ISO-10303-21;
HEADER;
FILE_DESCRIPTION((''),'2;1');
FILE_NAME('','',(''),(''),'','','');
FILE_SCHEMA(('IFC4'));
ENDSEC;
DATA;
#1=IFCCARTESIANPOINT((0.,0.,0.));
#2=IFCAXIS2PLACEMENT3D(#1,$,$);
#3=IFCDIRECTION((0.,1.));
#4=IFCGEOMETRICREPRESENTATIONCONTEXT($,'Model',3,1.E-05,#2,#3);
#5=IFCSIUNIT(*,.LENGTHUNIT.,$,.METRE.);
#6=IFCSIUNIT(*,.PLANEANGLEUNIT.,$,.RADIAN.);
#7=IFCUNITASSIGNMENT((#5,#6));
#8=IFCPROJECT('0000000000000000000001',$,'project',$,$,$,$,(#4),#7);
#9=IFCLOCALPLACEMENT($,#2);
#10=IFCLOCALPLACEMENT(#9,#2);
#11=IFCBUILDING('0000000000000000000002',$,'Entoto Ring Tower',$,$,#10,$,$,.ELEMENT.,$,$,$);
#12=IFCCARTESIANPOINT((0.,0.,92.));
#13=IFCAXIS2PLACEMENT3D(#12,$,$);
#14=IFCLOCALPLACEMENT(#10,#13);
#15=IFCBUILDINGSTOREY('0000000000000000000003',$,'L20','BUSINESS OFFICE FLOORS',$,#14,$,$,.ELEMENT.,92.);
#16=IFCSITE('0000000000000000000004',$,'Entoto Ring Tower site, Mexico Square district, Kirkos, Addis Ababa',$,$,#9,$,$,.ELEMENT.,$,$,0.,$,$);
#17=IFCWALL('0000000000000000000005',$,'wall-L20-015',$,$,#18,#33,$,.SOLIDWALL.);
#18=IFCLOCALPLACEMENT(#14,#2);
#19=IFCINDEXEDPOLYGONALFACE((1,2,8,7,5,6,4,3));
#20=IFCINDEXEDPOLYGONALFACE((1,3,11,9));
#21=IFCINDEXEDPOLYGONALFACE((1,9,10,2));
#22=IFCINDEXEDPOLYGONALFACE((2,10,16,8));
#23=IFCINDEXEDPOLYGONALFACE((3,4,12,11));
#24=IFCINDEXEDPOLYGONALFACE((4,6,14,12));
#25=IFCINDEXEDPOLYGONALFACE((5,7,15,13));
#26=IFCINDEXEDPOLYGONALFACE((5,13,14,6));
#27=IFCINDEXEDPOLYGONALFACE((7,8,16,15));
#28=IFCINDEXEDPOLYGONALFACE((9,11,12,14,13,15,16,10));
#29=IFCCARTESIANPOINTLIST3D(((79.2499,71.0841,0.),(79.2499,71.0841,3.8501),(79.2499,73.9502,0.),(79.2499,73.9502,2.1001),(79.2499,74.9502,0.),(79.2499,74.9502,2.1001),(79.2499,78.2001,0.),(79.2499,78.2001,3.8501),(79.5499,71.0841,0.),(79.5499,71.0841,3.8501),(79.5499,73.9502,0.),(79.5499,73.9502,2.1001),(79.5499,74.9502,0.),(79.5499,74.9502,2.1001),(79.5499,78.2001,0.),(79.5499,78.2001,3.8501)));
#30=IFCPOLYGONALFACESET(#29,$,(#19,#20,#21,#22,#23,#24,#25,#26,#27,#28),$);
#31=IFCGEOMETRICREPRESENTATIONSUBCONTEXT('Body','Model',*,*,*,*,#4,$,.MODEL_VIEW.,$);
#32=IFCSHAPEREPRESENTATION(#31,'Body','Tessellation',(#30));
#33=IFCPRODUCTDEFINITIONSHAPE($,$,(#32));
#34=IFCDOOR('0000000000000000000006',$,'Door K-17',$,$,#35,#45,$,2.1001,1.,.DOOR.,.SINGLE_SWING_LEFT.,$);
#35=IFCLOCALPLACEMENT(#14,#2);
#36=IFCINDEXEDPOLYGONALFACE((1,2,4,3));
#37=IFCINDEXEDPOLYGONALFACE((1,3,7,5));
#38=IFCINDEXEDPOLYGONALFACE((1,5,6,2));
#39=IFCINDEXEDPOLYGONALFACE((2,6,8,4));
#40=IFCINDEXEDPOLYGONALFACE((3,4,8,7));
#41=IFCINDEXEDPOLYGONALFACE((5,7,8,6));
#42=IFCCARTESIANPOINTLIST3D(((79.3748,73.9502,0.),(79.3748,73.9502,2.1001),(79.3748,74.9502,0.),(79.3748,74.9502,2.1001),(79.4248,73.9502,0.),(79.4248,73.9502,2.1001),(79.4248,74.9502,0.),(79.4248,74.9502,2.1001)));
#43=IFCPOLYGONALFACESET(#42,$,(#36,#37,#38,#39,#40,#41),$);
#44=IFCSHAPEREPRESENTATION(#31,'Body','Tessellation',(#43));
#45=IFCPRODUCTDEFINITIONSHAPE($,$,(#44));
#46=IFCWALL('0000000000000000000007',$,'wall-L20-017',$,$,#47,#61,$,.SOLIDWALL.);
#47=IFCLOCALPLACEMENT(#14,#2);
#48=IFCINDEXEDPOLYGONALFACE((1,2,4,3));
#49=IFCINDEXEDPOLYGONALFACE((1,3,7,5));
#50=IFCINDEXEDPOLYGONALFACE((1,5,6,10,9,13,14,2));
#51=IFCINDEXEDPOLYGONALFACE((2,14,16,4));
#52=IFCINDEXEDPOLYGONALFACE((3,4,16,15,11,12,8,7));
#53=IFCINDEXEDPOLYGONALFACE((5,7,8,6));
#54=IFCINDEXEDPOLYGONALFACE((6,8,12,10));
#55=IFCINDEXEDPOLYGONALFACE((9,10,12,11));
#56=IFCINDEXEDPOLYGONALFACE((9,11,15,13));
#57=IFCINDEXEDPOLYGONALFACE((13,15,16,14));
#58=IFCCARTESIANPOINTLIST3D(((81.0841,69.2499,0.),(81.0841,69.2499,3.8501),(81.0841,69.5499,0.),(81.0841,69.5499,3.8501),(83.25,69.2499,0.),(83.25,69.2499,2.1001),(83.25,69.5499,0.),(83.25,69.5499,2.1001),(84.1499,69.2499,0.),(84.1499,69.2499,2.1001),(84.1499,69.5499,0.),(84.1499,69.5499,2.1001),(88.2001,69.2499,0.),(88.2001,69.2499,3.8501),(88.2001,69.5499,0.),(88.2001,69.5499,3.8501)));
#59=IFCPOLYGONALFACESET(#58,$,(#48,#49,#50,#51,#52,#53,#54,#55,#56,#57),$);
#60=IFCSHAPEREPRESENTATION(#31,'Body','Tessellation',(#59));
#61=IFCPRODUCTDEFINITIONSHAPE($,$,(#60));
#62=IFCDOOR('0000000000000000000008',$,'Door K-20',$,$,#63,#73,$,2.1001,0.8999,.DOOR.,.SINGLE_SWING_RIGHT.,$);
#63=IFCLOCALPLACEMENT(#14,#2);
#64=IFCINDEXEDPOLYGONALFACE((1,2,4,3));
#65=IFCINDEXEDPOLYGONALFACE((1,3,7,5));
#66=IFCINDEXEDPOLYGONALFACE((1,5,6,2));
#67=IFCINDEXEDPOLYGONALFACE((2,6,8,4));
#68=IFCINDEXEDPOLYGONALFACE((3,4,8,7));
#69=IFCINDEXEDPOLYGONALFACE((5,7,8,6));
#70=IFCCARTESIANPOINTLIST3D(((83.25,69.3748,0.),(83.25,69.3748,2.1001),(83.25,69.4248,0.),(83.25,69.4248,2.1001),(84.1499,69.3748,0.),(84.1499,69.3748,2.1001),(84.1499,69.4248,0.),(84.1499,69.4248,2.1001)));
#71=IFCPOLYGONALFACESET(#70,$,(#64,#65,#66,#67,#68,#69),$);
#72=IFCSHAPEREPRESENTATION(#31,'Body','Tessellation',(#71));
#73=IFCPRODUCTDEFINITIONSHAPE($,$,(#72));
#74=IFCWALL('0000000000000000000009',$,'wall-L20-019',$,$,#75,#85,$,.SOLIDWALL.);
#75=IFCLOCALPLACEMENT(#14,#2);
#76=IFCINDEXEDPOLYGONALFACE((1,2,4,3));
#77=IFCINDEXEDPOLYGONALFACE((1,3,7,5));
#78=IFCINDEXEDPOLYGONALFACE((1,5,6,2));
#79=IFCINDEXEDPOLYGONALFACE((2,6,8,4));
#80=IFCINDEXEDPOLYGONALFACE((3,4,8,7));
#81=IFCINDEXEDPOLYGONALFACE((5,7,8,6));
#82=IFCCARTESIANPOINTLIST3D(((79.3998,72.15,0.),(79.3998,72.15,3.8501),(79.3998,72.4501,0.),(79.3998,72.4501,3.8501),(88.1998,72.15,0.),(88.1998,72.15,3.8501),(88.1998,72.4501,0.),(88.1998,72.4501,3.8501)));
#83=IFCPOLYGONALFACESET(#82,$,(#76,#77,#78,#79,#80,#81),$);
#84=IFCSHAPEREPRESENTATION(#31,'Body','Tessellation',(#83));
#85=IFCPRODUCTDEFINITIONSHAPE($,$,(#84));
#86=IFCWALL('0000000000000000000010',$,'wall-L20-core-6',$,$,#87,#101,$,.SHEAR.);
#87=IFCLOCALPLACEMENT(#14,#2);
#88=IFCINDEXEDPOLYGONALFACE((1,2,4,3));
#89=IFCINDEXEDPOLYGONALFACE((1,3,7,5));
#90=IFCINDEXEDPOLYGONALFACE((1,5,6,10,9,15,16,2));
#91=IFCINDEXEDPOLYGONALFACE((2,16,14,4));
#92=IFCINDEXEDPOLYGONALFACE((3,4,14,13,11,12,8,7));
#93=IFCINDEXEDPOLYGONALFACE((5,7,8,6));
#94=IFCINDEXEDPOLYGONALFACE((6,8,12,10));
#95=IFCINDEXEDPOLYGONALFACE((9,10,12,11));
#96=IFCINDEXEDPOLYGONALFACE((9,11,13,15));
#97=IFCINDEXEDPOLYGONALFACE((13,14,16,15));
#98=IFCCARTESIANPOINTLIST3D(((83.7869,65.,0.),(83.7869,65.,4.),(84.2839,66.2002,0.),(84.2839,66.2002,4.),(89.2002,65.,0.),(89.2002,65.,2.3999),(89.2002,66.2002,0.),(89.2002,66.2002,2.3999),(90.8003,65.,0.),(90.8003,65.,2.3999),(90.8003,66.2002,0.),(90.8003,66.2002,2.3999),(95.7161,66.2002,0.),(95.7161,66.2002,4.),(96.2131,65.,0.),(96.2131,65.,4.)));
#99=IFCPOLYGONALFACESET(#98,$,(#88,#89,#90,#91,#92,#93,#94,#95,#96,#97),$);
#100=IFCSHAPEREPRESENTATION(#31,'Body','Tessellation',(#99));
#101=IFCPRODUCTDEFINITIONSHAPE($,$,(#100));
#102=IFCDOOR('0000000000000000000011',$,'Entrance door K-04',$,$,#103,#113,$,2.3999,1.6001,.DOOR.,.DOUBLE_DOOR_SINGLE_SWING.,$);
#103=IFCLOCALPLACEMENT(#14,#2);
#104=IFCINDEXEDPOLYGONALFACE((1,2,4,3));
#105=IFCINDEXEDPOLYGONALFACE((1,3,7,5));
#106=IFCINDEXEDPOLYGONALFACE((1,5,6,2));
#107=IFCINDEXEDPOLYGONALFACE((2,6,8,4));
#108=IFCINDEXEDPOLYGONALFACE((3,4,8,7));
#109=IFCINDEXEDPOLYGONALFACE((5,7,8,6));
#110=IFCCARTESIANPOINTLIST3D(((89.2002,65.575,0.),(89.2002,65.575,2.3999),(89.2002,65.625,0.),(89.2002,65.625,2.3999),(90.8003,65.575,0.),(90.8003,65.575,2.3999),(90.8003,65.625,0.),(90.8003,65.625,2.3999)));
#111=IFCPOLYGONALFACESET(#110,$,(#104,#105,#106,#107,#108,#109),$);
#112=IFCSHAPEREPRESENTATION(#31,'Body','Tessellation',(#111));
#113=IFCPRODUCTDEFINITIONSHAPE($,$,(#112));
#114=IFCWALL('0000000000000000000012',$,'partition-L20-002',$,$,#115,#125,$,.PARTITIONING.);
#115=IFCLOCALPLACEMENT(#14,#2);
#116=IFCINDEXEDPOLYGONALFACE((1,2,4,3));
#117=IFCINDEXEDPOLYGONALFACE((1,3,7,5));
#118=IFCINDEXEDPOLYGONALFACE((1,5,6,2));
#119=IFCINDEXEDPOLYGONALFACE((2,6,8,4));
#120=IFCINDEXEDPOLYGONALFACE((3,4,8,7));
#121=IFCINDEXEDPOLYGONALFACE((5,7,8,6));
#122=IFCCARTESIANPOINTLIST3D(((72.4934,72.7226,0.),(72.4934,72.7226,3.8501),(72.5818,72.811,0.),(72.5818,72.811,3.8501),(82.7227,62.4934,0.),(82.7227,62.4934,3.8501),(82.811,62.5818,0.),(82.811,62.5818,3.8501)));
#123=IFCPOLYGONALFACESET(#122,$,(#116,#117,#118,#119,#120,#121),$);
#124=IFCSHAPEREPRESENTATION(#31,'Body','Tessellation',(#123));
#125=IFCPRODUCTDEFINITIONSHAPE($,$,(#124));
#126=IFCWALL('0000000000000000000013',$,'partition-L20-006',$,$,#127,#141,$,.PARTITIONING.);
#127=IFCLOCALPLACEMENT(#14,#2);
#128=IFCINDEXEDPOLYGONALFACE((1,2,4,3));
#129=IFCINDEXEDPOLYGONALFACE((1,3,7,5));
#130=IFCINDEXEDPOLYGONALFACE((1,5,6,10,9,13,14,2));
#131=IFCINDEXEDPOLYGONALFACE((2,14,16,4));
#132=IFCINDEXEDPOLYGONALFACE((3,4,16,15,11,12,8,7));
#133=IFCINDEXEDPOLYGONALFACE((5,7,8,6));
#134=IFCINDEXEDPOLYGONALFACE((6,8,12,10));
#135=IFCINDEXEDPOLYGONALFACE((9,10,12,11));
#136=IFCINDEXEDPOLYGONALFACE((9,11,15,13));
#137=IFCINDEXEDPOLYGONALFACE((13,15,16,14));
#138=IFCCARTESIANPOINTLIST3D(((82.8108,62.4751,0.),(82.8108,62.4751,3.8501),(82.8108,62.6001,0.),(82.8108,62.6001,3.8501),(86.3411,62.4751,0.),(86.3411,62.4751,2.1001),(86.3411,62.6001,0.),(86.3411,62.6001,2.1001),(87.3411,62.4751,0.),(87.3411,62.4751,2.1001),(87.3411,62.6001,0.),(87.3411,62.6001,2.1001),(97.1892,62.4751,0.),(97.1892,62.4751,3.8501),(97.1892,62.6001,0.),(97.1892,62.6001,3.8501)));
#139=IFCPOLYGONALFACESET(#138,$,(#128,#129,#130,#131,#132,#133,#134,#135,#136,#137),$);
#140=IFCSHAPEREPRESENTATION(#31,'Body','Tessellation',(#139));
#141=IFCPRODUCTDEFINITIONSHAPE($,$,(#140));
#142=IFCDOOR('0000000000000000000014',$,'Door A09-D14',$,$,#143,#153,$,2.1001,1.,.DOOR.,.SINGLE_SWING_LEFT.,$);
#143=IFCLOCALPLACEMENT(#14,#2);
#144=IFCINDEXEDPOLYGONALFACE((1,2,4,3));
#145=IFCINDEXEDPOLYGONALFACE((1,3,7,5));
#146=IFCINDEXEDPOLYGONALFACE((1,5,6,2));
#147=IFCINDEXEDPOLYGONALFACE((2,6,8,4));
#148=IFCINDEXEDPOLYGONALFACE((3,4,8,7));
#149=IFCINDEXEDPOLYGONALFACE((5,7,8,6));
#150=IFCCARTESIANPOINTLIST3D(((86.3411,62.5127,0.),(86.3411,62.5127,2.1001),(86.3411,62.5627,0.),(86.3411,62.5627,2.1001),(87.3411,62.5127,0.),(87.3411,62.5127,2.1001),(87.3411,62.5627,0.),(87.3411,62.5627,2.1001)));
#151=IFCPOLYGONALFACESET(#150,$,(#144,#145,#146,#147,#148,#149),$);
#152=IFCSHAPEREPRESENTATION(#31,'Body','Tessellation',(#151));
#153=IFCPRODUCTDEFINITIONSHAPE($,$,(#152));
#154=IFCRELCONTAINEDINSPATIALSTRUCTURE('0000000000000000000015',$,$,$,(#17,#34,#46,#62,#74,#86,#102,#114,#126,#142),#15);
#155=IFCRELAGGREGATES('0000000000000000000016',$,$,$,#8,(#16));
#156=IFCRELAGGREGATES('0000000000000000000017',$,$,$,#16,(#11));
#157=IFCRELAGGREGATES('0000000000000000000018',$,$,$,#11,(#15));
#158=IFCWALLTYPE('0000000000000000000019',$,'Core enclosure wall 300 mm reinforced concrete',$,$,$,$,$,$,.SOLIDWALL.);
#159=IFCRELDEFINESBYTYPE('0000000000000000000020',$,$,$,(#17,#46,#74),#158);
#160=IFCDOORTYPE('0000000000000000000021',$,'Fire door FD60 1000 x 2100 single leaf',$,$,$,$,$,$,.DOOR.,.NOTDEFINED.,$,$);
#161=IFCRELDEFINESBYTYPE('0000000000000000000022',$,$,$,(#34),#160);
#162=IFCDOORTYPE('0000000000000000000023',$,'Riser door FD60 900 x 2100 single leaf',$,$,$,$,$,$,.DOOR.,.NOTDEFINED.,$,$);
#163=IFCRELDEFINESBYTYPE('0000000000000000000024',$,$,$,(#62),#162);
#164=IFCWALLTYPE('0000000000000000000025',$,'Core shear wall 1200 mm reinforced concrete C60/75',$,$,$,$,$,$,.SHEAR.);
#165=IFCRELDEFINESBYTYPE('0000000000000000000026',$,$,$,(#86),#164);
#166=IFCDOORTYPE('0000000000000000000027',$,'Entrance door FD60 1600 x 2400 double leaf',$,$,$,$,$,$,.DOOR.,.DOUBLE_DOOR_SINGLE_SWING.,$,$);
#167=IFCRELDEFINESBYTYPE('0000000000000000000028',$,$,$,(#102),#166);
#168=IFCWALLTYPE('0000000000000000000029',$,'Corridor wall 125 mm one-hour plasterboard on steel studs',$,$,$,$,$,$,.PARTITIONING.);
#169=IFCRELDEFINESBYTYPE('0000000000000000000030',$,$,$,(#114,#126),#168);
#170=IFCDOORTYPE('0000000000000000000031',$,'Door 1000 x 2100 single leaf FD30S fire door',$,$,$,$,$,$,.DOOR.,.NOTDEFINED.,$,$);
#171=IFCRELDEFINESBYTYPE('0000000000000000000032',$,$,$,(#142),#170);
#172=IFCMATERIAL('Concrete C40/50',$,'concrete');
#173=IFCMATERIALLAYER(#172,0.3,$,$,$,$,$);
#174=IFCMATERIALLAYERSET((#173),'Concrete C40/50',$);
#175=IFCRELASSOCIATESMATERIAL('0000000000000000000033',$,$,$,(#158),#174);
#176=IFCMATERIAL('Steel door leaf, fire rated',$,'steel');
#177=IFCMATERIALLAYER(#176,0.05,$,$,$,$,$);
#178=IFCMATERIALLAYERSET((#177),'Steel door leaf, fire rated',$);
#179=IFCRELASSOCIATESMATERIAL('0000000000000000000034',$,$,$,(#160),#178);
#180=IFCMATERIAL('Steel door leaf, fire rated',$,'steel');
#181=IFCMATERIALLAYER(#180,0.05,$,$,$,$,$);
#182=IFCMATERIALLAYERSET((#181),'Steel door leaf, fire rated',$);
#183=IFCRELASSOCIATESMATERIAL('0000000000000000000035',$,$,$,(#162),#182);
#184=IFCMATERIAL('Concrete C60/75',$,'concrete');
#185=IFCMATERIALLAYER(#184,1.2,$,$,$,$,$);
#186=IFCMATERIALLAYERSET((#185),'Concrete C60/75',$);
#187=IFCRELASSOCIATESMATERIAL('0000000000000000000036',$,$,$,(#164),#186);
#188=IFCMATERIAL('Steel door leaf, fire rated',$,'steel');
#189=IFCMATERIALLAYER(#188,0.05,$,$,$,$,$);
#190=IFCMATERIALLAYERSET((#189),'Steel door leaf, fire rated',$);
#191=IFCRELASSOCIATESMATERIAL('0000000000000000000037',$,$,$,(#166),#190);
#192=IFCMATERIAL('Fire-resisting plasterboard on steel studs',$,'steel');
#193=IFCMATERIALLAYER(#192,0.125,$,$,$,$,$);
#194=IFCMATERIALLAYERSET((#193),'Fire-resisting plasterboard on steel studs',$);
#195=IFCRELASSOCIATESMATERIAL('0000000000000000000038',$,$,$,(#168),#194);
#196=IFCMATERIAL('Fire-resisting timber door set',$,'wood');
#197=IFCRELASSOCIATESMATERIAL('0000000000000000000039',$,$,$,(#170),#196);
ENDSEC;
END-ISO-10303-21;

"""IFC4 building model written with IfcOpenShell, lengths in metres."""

from ifc_helpers import new_model, si_unit, direction, frame, frame_2d, origin, place, context, subcontext, project, spatial, polyline, rectangle, outline, extrude, material, layer, layer_set, type_object, element, fill, save


model = new_model("IFC4")

# Units and contexts
model_context = context("Model", 3, precision=1e-05, world=origin(), true_north=direction((0.0, 1.0)))
body_context = subcontext(model_context, "Body", "Model", "MODEL_VIEW")
ifc_project = project(units=[si_unit("LENGTHUNIT", "METRE"), si_unit("PLANEANGLEUNIT", "RADIAN")], contexts=[model_context])

# Site, building, storey
site_placement = place(None, origin())
site = spatial("IfcSite", under=ifc_project, at=site_placement, Name="Entoto Ring Tower site, Mexico Square district, Kirkos, Addis Ababa", CompositionType="ELEMENT", RefElevation=0.0)
building_placement = place(site_placement, origin())
building = spatial("IfcBuilding", under=site, at=building_placement, Name="Entoto Ring Tower", CompositionType="ELEMENT")
storey_placement = place(building_placement, frame((0.0, 0.0, 92.0)))
storey = spatial("IfcBuildingStorey", under=building, at=storey_placement, Name="L20", Description="BUSINESS OFFICE FLOORS", CompositionType="ELEMENT", Elevation=92.0)

# Walls, openings, doors
ifc_material_1 = material(Name="Concrete C40/50", Category="concrete")
ifc_layer_1 = layer(ifc_material_1, 0.3)
ifc_layer_set_1 = layer_set([ifc_layer_1], Name="Concrete C40/50")
wall_type_1 = type_object("IfcWallType", Name="Core enclosure wall 300 mm reinforced concrete", PredefinedType="SOLIDWALL", material=ifc_layer_set_1)
wall_1_placement = place(storey_placement, frame((79.3999, 71.084, 0.0), z_axis=(0.0, 0.0, 1.0), x_axis=(0.0, 1.0, 0.0)))
wall_1 = element("IfcWall", 1, at=wall_1_placement, inside=storey, type_object=wall_type_1, Name="wall-L20-015", PredefinedType="SOLIDWALL", context=body_context, shape_type="SweptSolid", body=[
    extrude(rectangle(XDim=7.116, YDim=0.3, at=frame_2d((3.5581, 0.0))), origin(), (0.0, 0.0, 1.0), 3.8501),
])
opening_1_placement = place(wall_1_placement, frame((2.8662, 0.0, 0.0)))
opening_1 = element("IfcOpeningElement", 2, at=opening_1_placement, cuts=wall_1, PredefinedType="OPENING", context=body_context, shape_type="SweptSolid", body=[
    extrude(rectangle(XDim=1.0, YDim=2.1001, at=frame_2d((0.5, 1.05))), frame((0.0, 0.1602, 0.0), z_axis=(0.0, -1.0, 0.0), x_axis=(1.0, 0.0, 0.0)), (0.0, 0.0, 1.0), 0.3201),
])
ifc_material_2 = material(Name="Steel door leaf, fire rated", Category="steel")
ifc_layer_2 = layer(ifc_material_2, 0.05)
ifc_layer_set_2 = layer_set([ifc_layer_2], Name="Steel door leaf, fire rated")
door_type_1 = type_object("IfcDoorType", Name="Fire door FD60 1000 x 2100 single leaf", OperationType="NOTDEFINED", PredefinedType="DOOR", material=ifc_layer_set_2)
door_1_placement = place(opening_1_placement, frame((1.0, 0.0, 0.0), z_axis=(0.0, 0.0, 1.0), x_axis=(-1.0, 0.0, 0.0)))
door_1 = element("IfcDoor", 3, at=door_1_placement, inside=storey, type_object=door_type_1, Name="Door K-17", OperationType="SINGLE_SWING_LEFT", OverallHeight=2.1001, OverallWidth=1.0, PredefinedType="DOOR", context=body_context, shape_type="SweptSolid", body=[
    extrude(rectangle(XDim=1.0, YDim=2.1001, at=frame_2d((0.5, 1.05))), frame((0.0, 0.0249, 0.0), z_axis=(0.0, -1.0, 0.0), x_axis=(1.0, 0.0, 0.0)), (0.0, 0.0, 1.0), 0.05),
])
fill(opening_1, door_1)
wall_2_placement = place(storey_placement, frame((81.084, 69.3999, 0.0), z_axis=(0.0, 0.0, 1.0), x_axis=(1.0, 0.0, 0.0)))
wall_2 = element("IfcWall", 4, at=wall_2_placement, inside=storey, type_object=wall_type_1, Name="wall-L20-017", PredefinedType="SOLIDWALL", context=body_context, shape_type="SweptSolid", body=[
    extrude(rectangle(XDim=7.116, YDim=0.3, at=frame_2d((3.5581, 0.0))), origin(), (0.0, 0.0, 1.0), 3.8501),
])
opening_2_placement = place(wall_2_placement, frame((2.166, 0.0, 0.0)))
opening_2 = element("IfcOpeningElement", 5, at=opening_2_placement, cuts=wall_2, PredefinedType="OPENING", context=body_context, shape_type="SweptSolid", body=[
    extrude(rectangle(XDim=0.8999, YDim=2.1001, at=frame_2d((0.45, 1.05))), frame((0.0, 0.1602, 0.0), z_axis=(0.0, -1.0, 0.0), x_axis=(1.0, 0.0, 0.0)), (0.0, 0.0, 1.0), 0.3201),
])
ifc_material_3 = material(Name="Steel door leaf, fire rated", Category="steel")
ifc_layer_3 = layer(ifc_material_3, 0.05)
ifc_layer_set_3 = layer_set([ifc_layer_3], Name="Steel door leaf, fire rated")
door_type_2 = type_object("IfcDoorType", Name="Riser door FD60 900 x 2100 single leaf", OperationType="NOTDEFINED", PredefinedType="DOOR", material=ifc_layer_set_3)
door_2_placement = place(opening_2_placement, origin())
door_2 = element("IfcDoor", 6, at=door_2_placement, inside=storey, type_object=door_type_2, Name="Door K-20", OperationType="SINGLE_SWING_RIGHT", OverallHeight=2.1001, OverallWidth=0.8999, PredefinedType="DOOR", context=body_context, shape_type="SweptSolid", body=[
    extrude(rectangle(XDim=0.8999, YDim=2.1001, at=frame_2d((0.45, 1.05))), frame((0.0, 0.0249, 0.0), z_axis=(0.0, -1.0, 0.0), x_axis=(1.0, 0.0, 0.0)), (0.0, 0.0, 1.0), 0.05),
])
fill(opening_2, door_2)

# Wall
wall_3_placement = place(storey_placement, frame((79.3999, 72.3, 0.0), z_axis=(0.0, 0.0, 1.0), x_axis=(1.0, 0.0, 0.0)))
element("IfcWall", 7, at=wall_3_placement, inside=storey, type_object=wall_type_1, Name="wall-L20-019", PredefinedType="SOLIDWALL", context=body_context, shape_type="SweptSolid", body=[
    extrude(rectangle(XDim=8.8, YDim=0.3, at=frame_2d((4.3999, 0.0))), origin(), (0.0, 0.0, 1.0), 3.8501),
])

# Wall, opening, door
ifc_material_4 = material(Name="Concrete C60/75", Category="concrete")
ifc_layer_4 = layer(ifc_material_4, 1.2)
ifc_layer_set_4 = layer_set([ifc_layer_4], Name="Concrete C60/75")
wall_type_2 = type_object("IfcWallType", Name="Core shear wall 1200 mm reinforced concrete C60/75", PredefinedType="SHEAR", material=ifc_layer_set_4)
wall_4_placement = place(storey_placement, frame((84.0354, 65.6001, 0.0), z_axis=(0.0, 0.0, 1.0), x_axis=(1.0, 0.0, 0.0)))
wall_4 = element("IfcWall", 8, at=wall_4_placement, inside=storey, type_object=wall_type_2, Name="wall-L20-core-6", PredefinedType="SHEAR", context=body_context, shape_type="SweptSolid", body=[
    extrude(outline(polyline([(-0.2485, -0.6001), (12.1777, -0.6001), (11.6807, 0.6001), (0.2485, 0.6001), (-0.2485, -0.6001)])), origin(), (0.0, 0.0, 1.0), 4.0),
])
opening_3_placement = place(wall_4_placement, frame((5.1648, 0.0, 0.0)))
opening_3 = element("IfcOpeningElement", 9, at=opening_3_placement, cuts=wall_4, PredefinedType="OPENING", context=body_context, shape_type="SweptSolid", body=[
    extrude(rectangle(XDim=1.6001, YDim=2.3999, at=frame_2d((0.8, 1.2))), frame((0.0, 0.6099, 0.0), z_axis=(0.0, -1.0, 0.0), x_axis=(1.0, 0.0, 0.0)), (0.0, 0.0, 1.0), 1.22),
])
ifc_material_5 = material(Name="Steel door leaf, fire rated", Category="steel")
ifc_layer_5 = layer(ifc_material_5, 0.05)
ifc_layer_set_5 = layer_set([ifc_layer_5], Name="Steel door leaf, fire rated")
door_type_3 = type_object("IfcDoorType", Name="Entrance door FD60 1600 x 2400 double leaf", OperationType="DOUBLE_DOOR_SINGLE_SWING", PredefinedType="DOOR", material=ifc_layer_set_5)
door_3_placement = place(opening_3_placement, origin())
door_3 = element("IfcDoor", 10, at=door_3_placement, inside=storey, type_object=door_type_3, Name="Entrance door K-04", OperationType="DOUBLE_DOOR_SINGLE_SWING", OverallHeight=2.3999, OverallWidth=1.6001, PredefinedType="DOOR", context=body_context, shape_type="SweptSolid", body=[
    extrude(rectangle(XDim=1.6001, YDim=2.3999, at=frame_2d((0.8, 1.2))), frame((0.0, 0.0249, 0.0), z_axis=(0.0, -1.0, 0.0), x_axis=(1.0, 0.0, 0.0)), (0.0, 0.0, 1.0), 0.05),
])
fill(opening_3, door_3)

# Wall
ifc_material_6 = material(Name="Fire-resisting plasterboard on steel studs", Category="steel")
ifc_layer_6 = layer(ifc_material_6, 0.125)
ifc_layer_set_6 = layer_set([ifc_layer_6], Name="Fire-resisting plasterboard on steel studs")
wall_type_3 = type_object("IfcWallType", Name="Corridor wall 125 mm one-hour plasterboard on steel studs", PredefinedType="PARTITIONING", material=ifc_layer_set_6)
wall_5_placement = place(storey_placement, frame((82.7668, 62.5376, 0.0), z_axis=(0.0, 0.0, 1.0), x_axis=(-0.707107, 0.707107, 0.0)))
element("IfcWall", 11, at=wall_5_placement, inside=storey, type_object=wall_type_3, Name="partition-L20-002", PredefinedType="PARTITIONING", context=body_context, shape_type="SweptSolid", body=[
    extrude(rectangle(XDim=14.4663, YDim=0.125, at=frame_2d((7.2332, 0.0))), origin(), (0.0, 0.0, 1.0), 3.8501),
])

# Wall, opening, door
wall_6_placement = place(storey_placement, frame((82.8108, 62.5376, 0.0), z_axis=(0.0, 0.0, 1.0), x_axis=(1.0, 0.0, 0.0)))
wall_6 = element("IfcWall", 12, at=wall_6_placement, inside=storey, type_object=wall_type_3, Name="partition-L20-006", PredefinedType="PARTITIONING", context=body_context, shape_type="SweptSolid", body=[
    extrude(rectangle(XDim=14.3784, YDim=0.125, at=frame_2d((7.1892, 0.0))), origin(), (0.0, 0.0, 1.0), 3.8501),
])
opening_4_placement = place(wall_6_placement, frame((3.5303, 0.0, 0.0)))
opening_4 = element("IfcOpeningElement", 13, at=opening_4_placement, cuts=wall_6, PredefinedType="OPENING", context=body_context, shape_type="SweptSolid", body=[
    extrude(rectangle(XDim=1.0, YDim=2.1001, at=frame_2d((0.5, 1.05))), frame((0.0, 0.0725, 0.0), z_axis=(0.0, -1.0, 0.0), x_axis=(1.0, 0.0, 0.0)), (0.0, 0.0, 1.0), 0.145),
])
ifc_material_7 = material(Name="Fire-resisting timber door set", Category="wood")
door_type_4 = type_object("IfcDoorType", Name="Door 1000 x 2100 single leaf FD30S fire door", OperationType="NOTDEFINED", PredefinedType="DOOR", material=ifc_material_7)
door_4_placement = place(opening_4_placement, frame((1.0, 0.0, 0.0), z_axis=(0.0, 0.0, 1.0), x_axis=(-1.0, 0.0, 0.0)))
door_4 = element("IfcDoor", 14, at=door_4_placement, inside=storey, type_object=door_type_4, Name="Door A09-D14", OperationType="SINGLE_SWING_LEFT", OverallHeight=2.1001, OverallWidth=1.0, PredefinedType="DOOR", context=body_context, shape_type="SweptSolid", body=[
    extrude(rectangle(XDim=1.0, YDim=2.1001, at=frame_2d((0.5, 1.05))), frame((0.0, 0.0249, 0.0), z_axis=(0.0, -1.0, 0.0), x_axis=(1.0, 0.0, 0.0)), (0.0, 0.0, 1.0), 0.05),
])
fill(opening_4, door_4)

save(model, "model.ifc")
